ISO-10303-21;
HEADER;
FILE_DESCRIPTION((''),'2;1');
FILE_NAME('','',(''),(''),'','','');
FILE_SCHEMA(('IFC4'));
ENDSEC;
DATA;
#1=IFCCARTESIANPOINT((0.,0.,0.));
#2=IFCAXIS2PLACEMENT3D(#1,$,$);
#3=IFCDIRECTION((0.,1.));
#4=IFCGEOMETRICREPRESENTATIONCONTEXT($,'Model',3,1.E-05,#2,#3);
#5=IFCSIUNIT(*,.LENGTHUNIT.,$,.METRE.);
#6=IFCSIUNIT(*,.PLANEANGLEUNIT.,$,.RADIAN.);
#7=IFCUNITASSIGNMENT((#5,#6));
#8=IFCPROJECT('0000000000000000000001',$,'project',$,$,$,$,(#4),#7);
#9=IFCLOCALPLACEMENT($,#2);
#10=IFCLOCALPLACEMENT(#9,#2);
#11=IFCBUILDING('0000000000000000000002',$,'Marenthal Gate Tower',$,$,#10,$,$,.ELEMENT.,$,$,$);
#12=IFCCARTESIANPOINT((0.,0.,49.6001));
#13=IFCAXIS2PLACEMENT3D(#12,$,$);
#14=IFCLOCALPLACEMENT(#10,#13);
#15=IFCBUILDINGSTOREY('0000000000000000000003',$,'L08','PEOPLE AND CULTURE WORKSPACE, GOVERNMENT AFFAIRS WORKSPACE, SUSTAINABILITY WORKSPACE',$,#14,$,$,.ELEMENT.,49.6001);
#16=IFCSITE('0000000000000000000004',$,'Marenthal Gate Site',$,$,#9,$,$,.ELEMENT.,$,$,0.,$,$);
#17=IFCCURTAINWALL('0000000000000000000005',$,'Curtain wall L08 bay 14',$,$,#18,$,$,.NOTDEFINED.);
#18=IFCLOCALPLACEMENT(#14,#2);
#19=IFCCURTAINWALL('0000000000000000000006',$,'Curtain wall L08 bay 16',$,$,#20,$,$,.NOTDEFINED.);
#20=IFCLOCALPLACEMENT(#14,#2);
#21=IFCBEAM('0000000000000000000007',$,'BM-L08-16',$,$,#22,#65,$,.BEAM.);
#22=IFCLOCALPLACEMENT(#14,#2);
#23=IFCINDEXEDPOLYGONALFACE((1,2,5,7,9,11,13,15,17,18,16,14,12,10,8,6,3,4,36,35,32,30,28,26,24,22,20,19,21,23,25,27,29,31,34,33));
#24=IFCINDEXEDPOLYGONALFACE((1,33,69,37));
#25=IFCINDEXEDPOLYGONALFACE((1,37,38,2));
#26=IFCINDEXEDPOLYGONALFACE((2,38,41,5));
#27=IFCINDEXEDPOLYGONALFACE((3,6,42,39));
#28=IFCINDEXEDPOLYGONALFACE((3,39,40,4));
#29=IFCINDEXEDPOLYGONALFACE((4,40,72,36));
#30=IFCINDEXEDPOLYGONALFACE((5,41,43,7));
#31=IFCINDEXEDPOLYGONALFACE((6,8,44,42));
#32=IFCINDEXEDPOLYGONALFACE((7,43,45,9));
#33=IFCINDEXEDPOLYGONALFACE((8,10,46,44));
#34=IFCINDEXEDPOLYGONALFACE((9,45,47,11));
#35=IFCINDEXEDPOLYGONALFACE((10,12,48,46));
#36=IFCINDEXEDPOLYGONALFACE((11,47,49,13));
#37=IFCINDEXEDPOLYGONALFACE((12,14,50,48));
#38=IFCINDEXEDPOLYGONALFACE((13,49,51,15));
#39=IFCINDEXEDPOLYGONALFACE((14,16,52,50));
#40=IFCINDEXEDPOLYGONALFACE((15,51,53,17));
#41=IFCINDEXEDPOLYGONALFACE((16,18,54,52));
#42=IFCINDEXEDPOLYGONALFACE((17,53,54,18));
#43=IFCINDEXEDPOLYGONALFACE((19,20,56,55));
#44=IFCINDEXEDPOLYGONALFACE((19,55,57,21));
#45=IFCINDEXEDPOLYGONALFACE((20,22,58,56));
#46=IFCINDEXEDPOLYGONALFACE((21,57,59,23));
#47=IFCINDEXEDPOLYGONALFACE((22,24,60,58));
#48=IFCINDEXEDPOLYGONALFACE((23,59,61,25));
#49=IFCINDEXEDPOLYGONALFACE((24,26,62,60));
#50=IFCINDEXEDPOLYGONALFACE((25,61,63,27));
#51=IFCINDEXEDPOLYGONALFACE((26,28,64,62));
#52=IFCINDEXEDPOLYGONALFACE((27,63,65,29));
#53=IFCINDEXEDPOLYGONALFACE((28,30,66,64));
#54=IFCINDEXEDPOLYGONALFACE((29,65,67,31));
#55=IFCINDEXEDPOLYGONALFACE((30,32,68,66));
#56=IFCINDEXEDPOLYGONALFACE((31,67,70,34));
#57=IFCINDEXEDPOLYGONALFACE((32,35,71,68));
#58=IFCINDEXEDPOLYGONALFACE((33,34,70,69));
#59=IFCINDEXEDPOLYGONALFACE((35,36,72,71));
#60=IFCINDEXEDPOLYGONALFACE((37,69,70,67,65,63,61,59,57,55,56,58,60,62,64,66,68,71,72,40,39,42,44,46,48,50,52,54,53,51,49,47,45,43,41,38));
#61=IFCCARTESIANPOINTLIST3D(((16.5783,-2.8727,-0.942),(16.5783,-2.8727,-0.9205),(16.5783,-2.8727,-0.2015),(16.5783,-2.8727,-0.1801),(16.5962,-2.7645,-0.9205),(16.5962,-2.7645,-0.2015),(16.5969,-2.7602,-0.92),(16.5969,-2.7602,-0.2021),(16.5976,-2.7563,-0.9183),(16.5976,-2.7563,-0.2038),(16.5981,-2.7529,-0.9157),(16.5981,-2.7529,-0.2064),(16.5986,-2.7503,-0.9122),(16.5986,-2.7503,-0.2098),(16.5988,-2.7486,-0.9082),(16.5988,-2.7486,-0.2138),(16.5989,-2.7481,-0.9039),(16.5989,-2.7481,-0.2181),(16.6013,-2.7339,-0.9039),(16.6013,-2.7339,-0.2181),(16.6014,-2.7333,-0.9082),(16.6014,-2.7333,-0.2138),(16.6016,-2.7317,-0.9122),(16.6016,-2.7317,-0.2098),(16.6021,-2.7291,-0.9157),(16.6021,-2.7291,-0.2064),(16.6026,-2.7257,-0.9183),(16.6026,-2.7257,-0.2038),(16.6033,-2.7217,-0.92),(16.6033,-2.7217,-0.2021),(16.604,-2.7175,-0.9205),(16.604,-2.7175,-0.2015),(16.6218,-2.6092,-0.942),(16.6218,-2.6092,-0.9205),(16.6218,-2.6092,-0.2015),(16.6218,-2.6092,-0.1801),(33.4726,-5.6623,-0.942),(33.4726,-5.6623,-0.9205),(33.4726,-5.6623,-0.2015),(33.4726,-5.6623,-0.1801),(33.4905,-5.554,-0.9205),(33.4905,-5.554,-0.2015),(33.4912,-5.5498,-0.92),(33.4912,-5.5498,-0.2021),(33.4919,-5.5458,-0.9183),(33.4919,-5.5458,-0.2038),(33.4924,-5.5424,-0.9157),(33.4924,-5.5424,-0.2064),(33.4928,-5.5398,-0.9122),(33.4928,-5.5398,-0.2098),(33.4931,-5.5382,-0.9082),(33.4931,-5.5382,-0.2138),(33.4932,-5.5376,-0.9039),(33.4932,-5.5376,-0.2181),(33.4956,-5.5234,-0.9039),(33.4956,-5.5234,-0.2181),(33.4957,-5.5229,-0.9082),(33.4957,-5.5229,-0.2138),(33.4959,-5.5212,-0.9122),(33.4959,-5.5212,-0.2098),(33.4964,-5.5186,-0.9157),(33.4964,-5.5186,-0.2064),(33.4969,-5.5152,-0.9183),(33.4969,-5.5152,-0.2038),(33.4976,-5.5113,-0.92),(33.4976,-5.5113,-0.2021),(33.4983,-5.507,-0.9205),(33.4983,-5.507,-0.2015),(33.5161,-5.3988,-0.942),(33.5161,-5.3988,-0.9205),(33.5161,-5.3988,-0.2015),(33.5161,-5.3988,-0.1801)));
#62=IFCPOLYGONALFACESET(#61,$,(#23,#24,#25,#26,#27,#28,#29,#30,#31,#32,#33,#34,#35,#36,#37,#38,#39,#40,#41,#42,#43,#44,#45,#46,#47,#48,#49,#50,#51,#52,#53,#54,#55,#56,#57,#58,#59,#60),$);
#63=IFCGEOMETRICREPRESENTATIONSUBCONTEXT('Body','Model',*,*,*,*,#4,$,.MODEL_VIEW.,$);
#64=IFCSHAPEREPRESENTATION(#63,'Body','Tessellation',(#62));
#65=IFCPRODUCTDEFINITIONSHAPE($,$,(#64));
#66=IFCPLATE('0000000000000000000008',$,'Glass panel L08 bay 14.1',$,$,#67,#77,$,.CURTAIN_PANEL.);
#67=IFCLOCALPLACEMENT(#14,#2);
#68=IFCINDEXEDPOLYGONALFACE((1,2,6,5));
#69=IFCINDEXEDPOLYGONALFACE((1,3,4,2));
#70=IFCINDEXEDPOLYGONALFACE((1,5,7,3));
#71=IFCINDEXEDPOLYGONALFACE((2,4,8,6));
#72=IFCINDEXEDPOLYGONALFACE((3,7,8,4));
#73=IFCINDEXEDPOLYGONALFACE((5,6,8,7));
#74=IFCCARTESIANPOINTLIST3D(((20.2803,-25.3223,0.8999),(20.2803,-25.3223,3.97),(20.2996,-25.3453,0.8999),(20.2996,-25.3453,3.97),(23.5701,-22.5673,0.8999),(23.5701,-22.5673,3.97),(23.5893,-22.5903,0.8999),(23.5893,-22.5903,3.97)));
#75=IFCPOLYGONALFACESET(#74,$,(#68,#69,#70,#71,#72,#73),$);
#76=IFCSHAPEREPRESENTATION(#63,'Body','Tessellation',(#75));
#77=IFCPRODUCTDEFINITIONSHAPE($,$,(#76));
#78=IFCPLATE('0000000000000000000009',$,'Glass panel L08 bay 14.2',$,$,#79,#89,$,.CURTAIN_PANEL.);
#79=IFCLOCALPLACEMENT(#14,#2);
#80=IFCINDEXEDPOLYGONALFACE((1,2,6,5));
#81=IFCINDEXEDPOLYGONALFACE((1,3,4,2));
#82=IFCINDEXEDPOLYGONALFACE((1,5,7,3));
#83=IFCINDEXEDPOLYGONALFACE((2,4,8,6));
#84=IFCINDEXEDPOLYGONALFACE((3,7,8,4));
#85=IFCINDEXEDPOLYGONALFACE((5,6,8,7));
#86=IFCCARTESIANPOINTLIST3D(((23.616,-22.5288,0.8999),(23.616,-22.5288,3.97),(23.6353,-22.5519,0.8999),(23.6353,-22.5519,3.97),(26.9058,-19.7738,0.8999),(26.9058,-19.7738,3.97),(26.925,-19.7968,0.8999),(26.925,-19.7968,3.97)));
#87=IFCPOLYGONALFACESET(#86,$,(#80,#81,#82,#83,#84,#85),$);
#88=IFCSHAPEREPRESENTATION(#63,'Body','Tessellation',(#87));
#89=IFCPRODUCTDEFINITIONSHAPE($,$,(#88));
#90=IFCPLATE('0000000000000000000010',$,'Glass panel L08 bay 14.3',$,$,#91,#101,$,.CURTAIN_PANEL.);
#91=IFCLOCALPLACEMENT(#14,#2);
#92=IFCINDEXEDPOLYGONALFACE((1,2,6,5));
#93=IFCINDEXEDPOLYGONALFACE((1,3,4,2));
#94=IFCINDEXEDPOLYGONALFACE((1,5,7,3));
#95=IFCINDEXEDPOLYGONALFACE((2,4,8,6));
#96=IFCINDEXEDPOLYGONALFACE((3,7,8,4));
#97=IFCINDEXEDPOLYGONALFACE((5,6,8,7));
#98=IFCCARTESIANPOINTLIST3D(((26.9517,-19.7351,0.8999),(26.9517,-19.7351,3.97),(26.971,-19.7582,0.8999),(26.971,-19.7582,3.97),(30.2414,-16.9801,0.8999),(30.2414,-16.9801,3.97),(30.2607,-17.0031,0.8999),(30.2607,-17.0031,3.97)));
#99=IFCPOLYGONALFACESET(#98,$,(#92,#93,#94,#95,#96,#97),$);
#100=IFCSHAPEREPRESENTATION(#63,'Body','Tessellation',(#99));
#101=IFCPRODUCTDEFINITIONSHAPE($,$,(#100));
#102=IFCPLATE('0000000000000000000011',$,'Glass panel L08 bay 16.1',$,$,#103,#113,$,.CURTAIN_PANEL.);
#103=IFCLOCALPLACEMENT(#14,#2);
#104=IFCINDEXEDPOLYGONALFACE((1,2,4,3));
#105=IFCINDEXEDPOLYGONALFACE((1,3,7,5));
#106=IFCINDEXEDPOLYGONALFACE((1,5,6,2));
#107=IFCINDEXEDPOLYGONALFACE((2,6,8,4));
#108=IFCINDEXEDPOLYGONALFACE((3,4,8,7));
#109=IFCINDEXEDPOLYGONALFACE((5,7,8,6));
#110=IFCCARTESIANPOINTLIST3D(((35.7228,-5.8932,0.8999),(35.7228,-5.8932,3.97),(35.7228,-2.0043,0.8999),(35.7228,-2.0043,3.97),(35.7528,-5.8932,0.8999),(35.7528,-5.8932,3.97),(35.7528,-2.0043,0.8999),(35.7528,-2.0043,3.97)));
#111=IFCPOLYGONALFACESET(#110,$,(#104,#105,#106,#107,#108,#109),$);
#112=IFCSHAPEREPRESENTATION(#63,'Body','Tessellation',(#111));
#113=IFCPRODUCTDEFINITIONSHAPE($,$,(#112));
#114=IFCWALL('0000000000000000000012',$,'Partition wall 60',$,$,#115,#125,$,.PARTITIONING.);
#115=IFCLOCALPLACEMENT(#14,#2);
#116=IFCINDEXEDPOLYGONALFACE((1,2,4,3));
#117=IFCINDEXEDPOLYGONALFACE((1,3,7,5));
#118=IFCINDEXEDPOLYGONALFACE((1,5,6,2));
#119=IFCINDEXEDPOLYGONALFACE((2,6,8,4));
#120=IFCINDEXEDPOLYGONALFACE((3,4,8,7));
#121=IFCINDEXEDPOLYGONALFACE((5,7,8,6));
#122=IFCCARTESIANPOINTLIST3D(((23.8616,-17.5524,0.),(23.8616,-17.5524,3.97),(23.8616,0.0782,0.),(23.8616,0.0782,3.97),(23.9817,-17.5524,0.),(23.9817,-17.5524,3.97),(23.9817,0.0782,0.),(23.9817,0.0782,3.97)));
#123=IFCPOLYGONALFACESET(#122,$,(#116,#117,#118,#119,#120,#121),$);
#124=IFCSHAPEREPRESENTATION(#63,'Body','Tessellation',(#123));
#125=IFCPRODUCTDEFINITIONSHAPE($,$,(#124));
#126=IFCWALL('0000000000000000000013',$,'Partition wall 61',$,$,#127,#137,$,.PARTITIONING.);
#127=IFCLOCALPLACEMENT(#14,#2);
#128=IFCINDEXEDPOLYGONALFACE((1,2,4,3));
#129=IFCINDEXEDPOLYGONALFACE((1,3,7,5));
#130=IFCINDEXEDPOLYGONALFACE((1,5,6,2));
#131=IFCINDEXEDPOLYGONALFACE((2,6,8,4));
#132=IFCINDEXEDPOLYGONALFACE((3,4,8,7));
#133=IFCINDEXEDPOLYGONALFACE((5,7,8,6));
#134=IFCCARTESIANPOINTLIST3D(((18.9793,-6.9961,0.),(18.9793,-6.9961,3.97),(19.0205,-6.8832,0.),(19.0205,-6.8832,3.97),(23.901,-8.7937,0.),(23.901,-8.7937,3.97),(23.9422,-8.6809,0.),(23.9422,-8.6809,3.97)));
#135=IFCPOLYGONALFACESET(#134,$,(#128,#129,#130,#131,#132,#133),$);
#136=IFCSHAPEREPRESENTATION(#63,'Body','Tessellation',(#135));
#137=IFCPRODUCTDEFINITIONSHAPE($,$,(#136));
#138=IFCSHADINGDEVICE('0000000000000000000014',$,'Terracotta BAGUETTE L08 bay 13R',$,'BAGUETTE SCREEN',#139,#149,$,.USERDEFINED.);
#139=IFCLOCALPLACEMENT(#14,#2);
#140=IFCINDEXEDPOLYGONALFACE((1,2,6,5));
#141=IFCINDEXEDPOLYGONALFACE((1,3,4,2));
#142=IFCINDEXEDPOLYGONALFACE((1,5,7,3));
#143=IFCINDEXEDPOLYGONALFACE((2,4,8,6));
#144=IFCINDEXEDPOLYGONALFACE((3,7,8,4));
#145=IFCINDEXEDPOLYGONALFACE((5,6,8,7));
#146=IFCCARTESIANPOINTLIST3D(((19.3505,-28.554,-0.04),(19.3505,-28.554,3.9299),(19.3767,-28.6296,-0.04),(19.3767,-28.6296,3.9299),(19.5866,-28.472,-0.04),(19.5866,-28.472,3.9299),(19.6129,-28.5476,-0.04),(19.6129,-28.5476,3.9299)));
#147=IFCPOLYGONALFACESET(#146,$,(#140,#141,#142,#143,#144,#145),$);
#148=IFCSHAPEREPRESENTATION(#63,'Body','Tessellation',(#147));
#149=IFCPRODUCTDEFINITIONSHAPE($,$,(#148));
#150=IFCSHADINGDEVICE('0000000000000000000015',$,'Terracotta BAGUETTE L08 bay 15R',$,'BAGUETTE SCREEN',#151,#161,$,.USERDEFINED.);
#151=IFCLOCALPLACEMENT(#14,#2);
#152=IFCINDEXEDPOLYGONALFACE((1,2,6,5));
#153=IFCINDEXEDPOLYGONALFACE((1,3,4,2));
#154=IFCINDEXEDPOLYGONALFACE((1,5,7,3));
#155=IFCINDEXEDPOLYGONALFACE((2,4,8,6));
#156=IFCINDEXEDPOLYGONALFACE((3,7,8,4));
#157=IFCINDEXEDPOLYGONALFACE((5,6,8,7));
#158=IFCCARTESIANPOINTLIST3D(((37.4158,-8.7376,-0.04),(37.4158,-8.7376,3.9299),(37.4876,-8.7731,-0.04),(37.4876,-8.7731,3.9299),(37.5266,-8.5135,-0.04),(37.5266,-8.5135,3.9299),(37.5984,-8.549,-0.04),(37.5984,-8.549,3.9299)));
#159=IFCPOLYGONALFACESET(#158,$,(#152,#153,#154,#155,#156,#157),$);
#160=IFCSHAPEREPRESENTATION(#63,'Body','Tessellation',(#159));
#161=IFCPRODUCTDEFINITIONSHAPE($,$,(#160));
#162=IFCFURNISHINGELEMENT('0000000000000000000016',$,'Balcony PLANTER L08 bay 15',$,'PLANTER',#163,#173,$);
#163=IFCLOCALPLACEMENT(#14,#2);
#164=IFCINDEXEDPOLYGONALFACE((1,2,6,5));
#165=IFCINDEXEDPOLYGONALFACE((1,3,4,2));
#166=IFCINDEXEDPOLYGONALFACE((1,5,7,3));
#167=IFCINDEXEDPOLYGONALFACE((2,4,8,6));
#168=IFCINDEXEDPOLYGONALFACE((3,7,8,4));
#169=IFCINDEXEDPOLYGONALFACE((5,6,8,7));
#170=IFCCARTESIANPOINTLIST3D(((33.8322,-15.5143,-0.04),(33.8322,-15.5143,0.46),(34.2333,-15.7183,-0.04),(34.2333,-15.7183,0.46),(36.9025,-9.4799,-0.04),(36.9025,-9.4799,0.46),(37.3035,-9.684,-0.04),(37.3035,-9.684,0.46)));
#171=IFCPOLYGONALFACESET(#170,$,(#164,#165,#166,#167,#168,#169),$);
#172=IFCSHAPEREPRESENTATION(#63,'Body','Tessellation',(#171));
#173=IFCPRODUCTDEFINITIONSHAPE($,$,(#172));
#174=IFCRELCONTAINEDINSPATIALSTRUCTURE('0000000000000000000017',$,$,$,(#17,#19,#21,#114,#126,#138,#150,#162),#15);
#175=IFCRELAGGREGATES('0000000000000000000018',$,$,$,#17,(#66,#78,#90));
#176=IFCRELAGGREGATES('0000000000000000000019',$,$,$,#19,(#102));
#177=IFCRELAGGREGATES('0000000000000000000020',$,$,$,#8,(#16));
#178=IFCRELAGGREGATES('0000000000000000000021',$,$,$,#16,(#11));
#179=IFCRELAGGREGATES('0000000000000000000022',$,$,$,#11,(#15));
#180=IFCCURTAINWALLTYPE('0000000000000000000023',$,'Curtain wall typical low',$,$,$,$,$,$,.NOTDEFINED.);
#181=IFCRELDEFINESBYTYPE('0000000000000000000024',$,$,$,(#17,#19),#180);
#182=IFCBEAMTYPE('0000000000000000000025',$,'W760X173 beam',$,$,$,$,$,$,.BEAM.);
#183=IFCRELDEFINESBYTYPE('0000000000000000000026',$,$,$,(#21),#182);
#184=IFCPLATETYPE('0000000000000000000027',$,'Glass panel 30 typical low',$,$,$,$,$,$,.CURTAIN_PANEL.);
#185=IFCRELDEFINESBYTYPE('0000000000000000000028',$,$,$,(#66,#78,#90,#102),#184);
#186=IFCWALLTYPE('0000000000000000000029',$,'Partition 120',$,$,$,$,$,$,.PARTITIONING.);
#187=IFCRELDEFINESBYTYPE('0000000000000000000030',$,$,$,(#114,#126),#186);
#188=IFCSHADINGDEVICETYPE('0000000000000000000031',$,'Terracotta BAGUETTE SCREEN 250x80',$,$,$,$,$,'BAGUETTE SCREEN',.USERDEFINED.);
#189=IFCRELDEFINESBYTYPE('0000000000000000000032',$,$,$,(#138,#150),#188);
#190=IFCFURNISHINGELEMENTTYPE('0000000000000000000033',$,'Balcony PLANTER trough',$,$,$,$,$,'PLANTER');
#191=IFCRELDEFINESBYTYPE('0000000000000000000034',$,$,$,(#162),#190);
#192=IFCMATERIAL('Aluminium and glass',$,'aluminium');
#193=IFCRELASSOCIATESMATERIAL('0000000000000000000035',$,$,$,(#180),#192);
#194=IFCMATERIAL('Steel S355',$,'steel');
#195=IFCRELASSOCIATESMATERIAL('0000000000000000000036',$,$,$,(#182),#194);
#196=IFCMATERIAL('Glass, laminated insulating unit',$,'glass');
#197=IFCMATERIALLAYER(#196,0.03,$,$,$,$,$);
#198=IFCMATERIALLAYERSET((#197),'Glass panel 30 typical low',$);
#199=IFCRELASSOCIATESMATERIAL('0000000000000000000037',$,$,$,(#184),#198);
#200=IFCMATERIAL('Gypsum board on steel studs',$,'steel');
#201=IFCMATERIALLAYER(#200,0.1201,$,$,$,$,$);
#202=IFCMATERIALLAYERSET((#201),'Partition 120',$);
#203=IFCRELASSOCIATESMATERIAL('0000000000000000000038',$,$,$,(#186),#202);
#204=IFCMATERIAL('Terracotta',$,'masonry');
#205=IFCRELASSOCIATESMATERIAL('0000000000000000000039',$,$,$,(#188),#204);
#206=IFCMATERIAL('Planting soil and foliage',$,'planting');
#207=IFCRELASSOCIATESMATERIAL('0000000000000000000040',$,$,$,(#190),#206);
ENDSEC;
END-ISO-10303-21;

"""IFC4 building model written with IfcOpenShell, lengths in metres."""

from ifc_helpers import new_model, si_unit, direction, frame, frame_2d, origin, origin_2d, place, context, subcontext, project, spatial, rectangle, i_section, extrude, material, layer, layer_set, material_profile, profile_set, type_object, element, aggregate, save


model = new_model("IFC4")

# Units and contexts
model_context = context("Model", 3, precision=1e-05, world=origin(), true_north=direction((0.0, 1.0)))
body_context = subcontext(model_context, "Body", "Model", "MODEL_VIEW")
ifc_project = project(units=[si_unit("LENGTHUNIT", "METRE"), si_unit("PLANEANGLEUNIT", "RADIAN")], contexts=[model_context])

# Site, building, storey
site_placement = place(None, origin())
site = spatial("IfcSite", under=ifc_project, at=site_placement, Name="Marenthal Gate Site", CompositionType="ELEMENT", RefElevation=0.0)
building_placement = place(site_placement, origin())
building = spatial("IfcBuilding", under=site, at=building_placement, Name="Marenthal Gate Tower", CompositionType="ELEMENT")
storey_placement = place(building_placement, frame((0.0, 0.0, 49.6001)))
storey = spatial("IfcBuildingStorey", under=building, at=storey_placement, Name="L08", Description="PEOPLE AND CULTURE WORKSPACE, GOVERNMENT AFFAIRS WORKSPACE, SUSTAINABILITY WORKSPACE", CompositionType="ELEMENT", Elevation=49.6001)

# Curtain walls
ifc_material_1 = material(Name="Aluminium and glass", Category="aluminium")
curtain_wall_type = type_object("IfcCurtainWallType", Name="Curtain wall typical low", PredefinedType="NOTDEFINED", material=ifc_material_1)
curtain_wall_1_placement = place(storey_placement, origin())
curtain_wall_1 = element("IfcCurtainWall", 1, at=curtain_wall_1_placement, inside=storey, type_object=curtain_wall_type, Name="Curtain wall L08 bay 14", PredefinedType="NOTDEFINED")
curtain_wall_2_placement = place(storey_placement, origin())
curtain_wall_2 = element("IfcCurtainWall", 2, at=curtain_wall_2_placement, inside=storey, type_object=curtain_wall_type, Name="Curtain wall L08 bay 16", PredefinedType="NOTDEFINED")

# Beam
ifc_material_2 = material(Name="Steel S355", Category="steel")
ifc_material_profile_1 = material_profile(ifc_material_2, i_section(OverallWidth=0.2671, OverallDepth=0.762, WebThickness=0.0144, FlangeThickness=0.0215, FilletRadius=0.0166, at=origin_2d()), Name="W760X173")
ifc_profile_set_1 = profile_set([ifc_material_profile_1], Name="Steel S355")
beam_type_1 = type_object("IfcBeamType", Name="W760X173 beam", PredefinedType="BEAM", material=ifc_profile_set_1)
beam_1_placement = place(storey_placement, frame((33.4944, -5.5305, -0.561), z_axis=(-0.986641, 0.162912, 0.0), x_axis=(-0.162912, -0.986641, 0.0)))
element("IfcBeam", 3, at=beam_1_placement, inside=storey, type_object=beam_type_1, Name="BM-L08-16", PredefinedType="BEAM", context=body_context, shape_type="SweptSolid", body=[
    extrude(i_section(OverallWidth=0.2671, OverallDepth=0.762, WebThickness=0.0144, FlangeThickness=0.0215, FilletRadius=0.0166, at=origin_2d()), origin(), (0.0, 0.0, 1.0), 17.123),
])

# Plates
ifc_material_3 = material(Name="Glass, laminated insulating unit", Category="glass")
ifc_layer_1 = layer(ifc_material_3, 0.03)
ifc_layer_set_1 = layer_set([ifc_layer_1], Name="Glass panel 30 typical low")
plate_type = type_object("IfcPlateType", Name="Glass panel 30 typical low", PredefinedType="CURTAIN_PANEL", material=ifc_layer_set_1)
plate_1_placement = place(storey_placement, frame((21.9348, -23.9563, 0.8999), z_axis=(0.0, 0.0, 1.0), x_axis=(0.766665, 0.642047, 0.0)))
plate_1 = element("IfcPlate", 4, at=plate_1_placement, type_object=plate_type, Name="Glass panel L08 bay 14.1", PredefinedType="CURTAIN_PANEL", context=body_context, shape_type="SweptSolid", body=[
    extrude(rectangle(XDim=4.291, YDim=0.03, at=origin_2d()), origin(), (0.0, 0.0, 1.0), 3.0701),
])
plate_2_placement = place(storey_placement, frame((25.2705, -21.1628, 0.8999), z_axis=(0.0, 0.0, 1.0), x_axis=(0.766665, 0.642047, 0.0)))
plate_2 = element("IfcPlate", 5, at=plate_2_placement, type_object=plate_type, Name="Glass panel L08 bay 14.2", PredefinedType="CURTAIN_PANEL", context=body_context, shape_type="SweptSolid", body=[
    extrude(rectangle(XDim=4.291, YDim=0.03, at=origin_2d()), origin(), (0.0, 0.0, 1.0), 3.0701),
])
plate_3_placement = place(storey_placement, frame((28.6062, -18.3691, 0.8999), z_axis=(0.0, 0.0, 1.0), x_axis=(0.766665, 0.642047, 0.0)))
plate_3 = element("IfcPlate", 6, at=plate_3_placement, type_object=plate_type, Name="Glass panel L08 bay 14.3", PredefinedType="CURTAIN_PANEL", context=body_context, shape_type="SweptSolid", body=[
    extrude(rectangle(XDim=4.291, YDim=0.03, at=origin_2d()), origin(), (0.0, 0.0, 1.0), 3.0701),
])
aggregate(curtain_wall_1, [plate_1, plate_2, plate_3])
plate_4_placement = place(storey_placement, frame((35.7378, -3.9487, 0.8999), z_axis=(0.0, 0.0, 1.0), x_axis=(0.0, 1.0, 0.0)))
plate_4 = element("IfcPlate", 7, at=plate_4_placement, type_object=plate_type, Name="Glass panel L08 bay 16.1", PredefinedType="CURTAIN_PANEL", context=body_context, shape_type="SweptSolid", body=[
    extrude(rectangle(XDim=3.8889, YDim=0.03, at=origin_2d()), origin(), (0.0, 0.0, 1.0), 3.0701),
])
aggregate(curtain_wall_2, [plate_4])

# Walls
ifc_material_4 = material(Name="Gypsum board on steel studs", Category="steel")
ifc_layer_2 = layer(ifc_material_4, 0.1201)
ifc_layer_set_2 = layer_set([ifc_layer_2], Name="Partition 120")
wall_type_1 = type_object("IfcWallType", Name="Partition 120", PredefinedType="PARTITIONING", material=ifc_layer_set_2)
wall_1_placement = place(storey_placement, frame((23.9216, -17.5525, 0.0), z_axis=(0.0, 0.0, 1.0), x_axis=(0.0, 1.0, 0.0)))
element("IfcWall", 8, at=wall_1_placement, inside=storey, type_object=wall_type_1, Name="Partition wall 60", PredefinedType="PARTITIONING", context=body_context, shape_type="SweptSolid", body=[
    extrude(rectangle(XDim=17.6306, YDim=0.1201, at=frame_2d((8.8154, 0.0))), origin(), (0.0, 0.0, 1.0), 3.97),
])
wall_2_placement = place(storey_placement, frame((23.9216, -8.7373, 0.0), z_axis=(0.0, 0.0, 1.0), x_axis=(-0.939307, 0.343078, 0.0)))
element("IfcWall", 9, at=wall_2_placement, inside=storey, type_object=wall_type_1, Name="Partition wall 61", PredefinedType="PARTITIONING", context=body_context, shape_type="SweptSolid", body=[
    extrude(rectangle(XDim=5.2397, YDim=0.1201, at=frame_2d((2.6199, 0.0))), origin(), (0.0, 0.0, 1.0), 3.97),
])

# Shading devices
ifc_material_5 = material(Name="Terracotta", Category="masonry")
ifc_material_profile_2 = material_profile(ifc_material_5, rectangle(XDim=0.25, YDim=0.0801, at=origin_2d()), Name="Terracotta baguette 250x80")
ifc_profile_set_2 = profile_set([ifc_material_profile_2], Name="Terracotta")
shading_device_type = type_object("IfcShadingDeviceType", Name="Terracotta BAGUETTE SCREEN 250x80", ElementType="BAGUETTE SCREEN", PredefinedType="USERDEFINED", material=ifc_profile_set_2)
for number, where, z_axis, x_axis, name in (
    (10, (19.4817, -28.5508, -0.04), (0.0, 0.0, 1.0), (0.944691, 0.327963, 0.0), "Terracotta BAGUETTE L08 bay 13R"),
    (11, (37.5071, -8.6433, -0.04), (0.0, 0.0, 1.0), (0.443058, 0.896493, 0.0), "Terracotta BAGUETTE L08 bay 15R"),
):
    element("IfcShadingDevice", number, at=place(storey_placement, frame(where, z_axis=z_axis, x_axis=x_axis)), inside=storey, type_object=shading_device_type, Name=name, ObjectType="BAGUETTE SCREEN", PredefinedType="USERDEFINED", context=body_context, shape_type="SweptSolid", body=[
        extrude(rectangle(XDim=0.25, YDim=0.0801, at=origin_2d()), origin(), (0.0, 0.0, 1.0), 3.97),
    ])

# Furnishing element
ifc_material_6 = material(Name="Planting soil and foliage", Category="planting")
furnishing_element_type = type_object("IfcFurnishingElementType", Name="Balcony PLANTER trough", ElementType="PLANTER", material=ifc_material_6)
furnishing_placement = place(storey_placement, frame((35.5679, -12.5991, -0.04), z_axis=(0.0, 0.0, 1.0), x_axis=(0.453476, 0.891269, 0.0)))
element("IfcFurnishingElement", 12, at=furnishing_placement, inside=storey, type_object=furnishing_element_type, Name="Balcony PLANTER L08 bay 15", ObjectType="PLANTER", context=body_context, shape_type="SweptSolid", body=[
    extrude(rectangle(XDim=6.7705, YDim=0.45, at=origin_2d()), origin(), (0.0, 0.0, 1.0), 0.5),
])

save(model, "model.ifc")
